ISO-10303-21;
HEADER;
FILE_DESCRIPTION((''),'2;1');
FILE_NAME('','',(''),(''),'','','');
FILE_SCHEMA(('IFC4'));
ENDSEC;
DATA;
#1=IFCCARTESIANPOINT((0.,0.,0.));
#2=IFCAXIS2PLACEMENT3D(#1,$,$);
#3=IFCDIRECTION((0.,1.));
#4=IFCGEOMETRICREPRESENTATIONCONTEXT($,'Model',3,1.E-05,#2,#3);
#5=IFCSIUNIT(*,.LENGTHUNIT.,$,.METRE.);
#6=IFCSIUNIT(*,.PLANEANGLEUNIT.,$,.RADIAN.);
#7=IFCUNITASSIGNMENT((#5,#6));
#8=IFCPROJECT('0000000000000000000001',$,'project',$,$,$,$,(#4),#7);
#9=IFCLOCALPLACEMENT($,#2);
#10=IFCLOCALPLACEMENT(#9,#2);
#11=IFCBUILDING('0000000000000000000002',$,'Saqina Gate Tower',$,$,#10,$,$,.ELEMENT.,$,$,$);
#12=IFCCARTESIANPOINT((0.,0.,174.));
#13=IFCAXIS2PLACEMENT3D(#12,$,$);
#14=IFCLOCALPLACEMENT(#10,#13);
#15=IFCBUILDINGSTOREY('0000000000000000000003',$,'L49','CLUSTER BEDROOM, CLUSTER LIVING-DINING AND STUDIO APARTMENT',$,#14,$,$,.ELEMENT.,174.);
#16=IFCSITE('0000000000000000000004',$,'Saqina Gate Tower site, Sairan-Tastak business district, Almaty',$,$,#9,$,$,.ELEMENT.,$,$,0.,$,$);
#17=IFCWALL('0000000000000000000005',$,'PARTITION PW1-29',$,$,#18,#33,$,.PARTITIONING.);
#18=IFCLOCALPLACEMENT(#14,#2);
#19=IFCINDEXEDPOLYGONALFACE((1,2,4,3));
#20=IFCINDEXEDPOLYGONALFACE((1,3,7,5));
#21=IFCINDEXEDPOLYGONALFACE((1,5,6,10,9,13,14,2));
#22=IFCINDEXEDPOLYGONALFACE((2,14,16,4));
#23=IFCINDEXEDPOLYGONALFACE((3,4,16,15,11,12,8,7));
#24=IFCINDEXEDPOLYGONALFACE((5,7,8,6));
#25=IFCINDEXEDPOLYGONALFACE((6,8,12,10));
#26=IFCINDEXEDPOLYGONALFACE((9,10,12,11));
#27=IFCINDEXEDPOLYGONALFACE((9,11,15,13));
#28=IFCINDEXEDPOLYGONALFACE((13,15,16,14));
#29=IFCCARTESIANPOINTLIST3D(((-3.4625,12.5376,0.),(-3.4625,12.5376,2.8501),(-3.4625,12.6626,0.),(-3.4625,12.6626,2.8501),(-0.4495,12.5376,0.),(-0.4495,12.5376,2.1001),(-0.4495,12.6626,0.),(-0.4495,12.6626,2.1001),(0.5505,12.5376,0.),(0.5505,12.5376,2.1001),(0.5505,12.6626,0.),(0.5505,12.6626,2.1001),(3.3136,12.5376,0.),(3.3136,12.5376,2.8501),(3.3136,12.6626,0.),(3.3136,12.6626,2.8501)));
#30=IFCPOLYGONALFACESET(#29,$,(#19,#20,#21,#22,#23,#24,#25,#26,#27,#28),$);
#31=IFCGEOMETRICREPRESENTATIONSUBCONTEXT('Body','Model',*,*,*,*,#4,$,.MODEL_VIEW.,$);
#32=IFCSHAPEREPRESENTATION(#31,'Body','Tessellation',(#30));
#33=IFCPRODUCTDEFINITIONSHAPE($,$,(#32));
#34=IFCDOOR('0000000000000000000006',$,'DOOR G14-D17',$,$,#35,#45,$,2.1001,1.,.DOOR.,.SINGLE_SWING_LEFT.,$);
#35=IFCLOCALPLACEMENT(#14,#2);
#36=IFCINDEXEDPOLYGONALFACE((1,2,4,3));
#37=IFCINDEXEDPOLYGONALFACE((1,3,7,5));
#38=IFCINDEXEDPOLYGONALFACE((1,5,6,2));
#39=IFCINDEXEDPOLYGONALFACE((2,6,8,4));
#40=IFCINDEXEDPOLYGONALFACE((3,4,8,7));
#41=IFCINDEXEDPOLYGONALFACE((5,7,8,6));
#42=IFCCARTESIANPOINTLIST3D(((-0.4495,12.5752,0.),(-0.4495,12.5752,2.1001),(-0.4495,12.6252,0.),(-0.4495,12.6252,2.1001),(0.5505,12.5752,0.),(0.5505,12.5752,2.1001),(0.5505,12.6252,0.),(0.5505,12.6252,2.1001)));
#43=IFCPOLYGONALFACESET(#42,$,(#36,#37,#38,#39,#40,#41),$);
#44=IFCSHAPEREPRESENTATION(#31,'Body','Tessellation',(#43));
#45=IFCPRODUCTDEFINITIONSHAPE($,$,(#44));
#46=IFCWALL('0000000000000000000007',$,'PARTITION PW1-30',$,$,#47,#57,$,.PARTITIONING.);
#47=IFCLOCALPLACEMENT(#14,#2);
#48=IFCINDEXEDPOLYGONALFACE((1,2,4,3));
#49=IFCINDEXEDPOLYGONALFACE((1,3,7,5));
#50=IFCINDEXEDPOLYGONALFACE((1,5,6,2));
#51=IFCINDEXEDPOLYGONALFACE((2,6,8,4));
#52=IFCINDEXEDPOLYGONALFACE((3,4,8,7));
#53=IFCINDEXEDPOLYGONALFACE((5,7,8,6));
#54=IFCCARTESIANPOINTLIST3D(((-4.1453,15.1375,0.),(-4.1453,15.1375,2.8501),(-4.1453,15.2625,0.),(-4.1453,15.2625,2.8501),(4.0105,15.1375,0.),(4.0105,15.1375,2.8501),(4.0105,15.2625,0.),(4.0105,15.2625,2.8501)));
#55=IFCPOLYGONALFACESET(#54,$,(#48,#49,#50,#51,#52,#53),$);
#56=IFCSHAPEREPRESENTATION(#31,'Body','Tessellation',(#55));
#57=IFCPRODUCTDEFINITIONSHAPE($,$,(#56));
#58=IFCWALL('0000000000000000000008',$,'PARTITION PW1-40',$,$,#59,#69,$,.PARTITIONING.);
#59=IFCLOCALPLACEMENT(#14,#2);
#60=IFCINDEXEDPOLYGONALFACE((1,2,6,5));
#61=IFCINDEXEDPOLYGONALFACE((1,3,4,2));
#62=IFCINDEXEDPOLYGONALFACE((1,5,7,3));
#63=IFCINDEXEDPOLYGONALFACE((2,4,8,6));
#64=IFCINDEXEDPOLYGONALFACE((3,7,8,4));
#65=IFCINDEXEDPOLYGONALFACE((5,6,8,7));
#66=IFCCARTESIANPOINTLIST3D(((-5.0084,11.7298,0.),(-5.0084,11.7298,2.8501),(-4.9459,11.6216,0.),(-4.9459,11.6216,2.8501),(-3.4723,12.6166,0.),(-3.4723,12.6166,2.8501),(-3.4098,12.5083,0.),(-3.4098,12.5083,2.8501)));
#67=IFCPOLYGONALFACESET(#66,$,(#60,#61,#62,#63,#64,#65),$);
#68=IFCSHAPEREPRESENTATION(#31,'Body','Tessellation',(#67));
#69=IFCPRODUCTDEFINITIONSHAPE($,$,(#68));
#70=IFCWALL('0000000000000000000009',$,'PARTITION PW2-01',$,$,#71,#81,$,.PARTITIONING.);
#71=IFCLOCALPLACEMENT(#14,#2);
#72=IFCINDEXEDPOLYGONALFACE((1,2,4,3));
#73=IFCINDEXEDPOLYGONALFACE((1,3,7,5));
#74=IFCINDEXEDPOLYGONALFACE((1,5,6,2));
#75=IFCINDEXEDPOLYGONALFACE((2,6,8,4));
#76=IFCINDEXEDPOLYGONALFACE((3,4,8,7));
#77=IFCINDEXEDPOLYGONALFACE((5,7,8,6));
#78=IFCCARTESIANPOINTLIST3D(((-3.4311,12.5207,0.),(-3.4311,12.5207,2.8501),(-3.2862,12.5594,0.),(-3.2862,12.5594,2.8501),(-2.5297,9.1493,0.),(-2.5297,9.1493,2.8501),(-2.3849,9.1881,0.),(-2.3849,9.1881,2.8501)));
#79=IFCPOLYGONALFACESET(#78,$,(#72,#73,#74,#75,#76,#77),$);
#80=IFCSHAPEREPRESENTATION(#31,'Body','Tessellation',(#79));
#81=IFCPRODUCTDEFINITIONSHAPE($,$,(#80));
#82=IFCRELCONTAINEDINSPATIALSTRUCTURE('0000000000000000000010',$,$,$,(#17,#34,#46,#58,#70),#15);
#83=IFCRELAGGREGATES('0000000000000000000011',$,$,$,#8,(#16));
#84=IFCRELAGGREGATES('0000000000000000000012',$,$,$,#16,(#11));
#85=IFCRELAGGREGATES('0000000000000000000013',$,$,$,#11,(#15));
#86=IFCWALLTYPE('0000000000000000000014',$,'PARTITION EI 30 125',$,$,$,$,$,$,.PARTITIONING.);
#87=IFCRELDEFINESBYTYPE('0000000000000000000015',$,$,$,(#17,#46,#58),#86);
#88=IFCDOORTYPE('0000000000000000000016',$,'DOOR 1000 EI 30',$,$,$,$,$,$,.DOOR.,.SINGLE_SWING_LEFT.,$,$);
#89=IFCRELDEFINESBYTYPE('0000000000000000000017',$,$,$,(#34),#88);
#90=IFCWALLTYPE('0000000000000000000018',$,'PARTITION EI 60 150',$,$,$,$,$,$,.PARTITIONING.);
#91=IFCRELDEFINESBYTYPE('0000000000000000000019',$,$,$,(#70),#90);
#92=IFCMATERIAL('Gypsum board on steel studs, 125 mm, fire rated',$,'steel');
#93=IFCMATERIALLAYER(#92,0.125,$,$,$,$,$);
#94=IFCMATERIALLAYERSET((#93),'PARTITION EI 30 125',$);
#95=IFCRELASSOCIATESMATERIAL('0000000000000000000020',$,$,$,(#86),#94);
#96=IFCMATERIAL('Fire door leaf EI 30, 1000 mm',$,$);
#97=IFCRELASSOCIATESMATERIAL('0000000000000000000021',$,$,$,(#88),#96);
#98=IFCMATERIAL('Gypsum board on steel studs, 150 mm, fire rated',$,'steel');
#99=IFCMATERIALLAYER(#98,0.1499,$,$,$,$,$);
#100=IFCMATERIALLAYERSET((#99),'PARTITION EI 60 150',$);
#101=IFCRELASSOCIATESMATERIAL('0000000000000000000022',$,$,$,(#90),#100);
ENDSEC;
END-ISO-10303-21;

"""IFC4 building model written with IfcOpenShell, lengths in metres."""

from ifc_helpers import new_model, si_unit, direction, frame, frame_2d, origin, place, context, subcontext, project, spatial, rectangle, extrude, material, layer, layer_set, type_object, element, fill, save


model = new_model("IFC4")

# Units and contexts
model_context = context("Model", 3, precision=1e-05, world=origin(), true_north=direction((0.0, 1.0)))
body_context = subcontext(model_context, "Body", "Model", "MODEL_VIEW")
ifc_project = project(units=[si_unit("LENGTHUNIT", "METRE"), si_unit("PLANEANGLEUNIT", "RADIAN")], contexts=[model_context])

# Site, building, storey
site_placement = place(None, origin())
site = spatial("IfcSite", under=ifc_project, at=site_placement, Name="Saqina Gate Tower site, Sairan-Tastak business district, Almaty", CompositionType="ELEMENT", RefElevation=0.0)
building_placement = place(site_placement, origin())
building = spatial("IfcBuilding", under=site, at=building_placement, Name="Saqina Gate Tower", CompositionType="ELEMENT")
storey_placement = place(building_placement, frame((0.0, 0.0, 174.0)))
storey = spatial("IfcBuildingStorey", under=building, at=storey_placement, Name="L49", Description="CLUSTER BEDROOM, CLUSTER LIVING-DINING AND STUDIO APARTMENT", CompositionType="ELEMENT", Elevation=174.0)

# Wall, opening, door
ifc_material_1 = material(Name="Gypsum board on steel studs, 125 mm, fire rated", Category="steel")
ifc_layer_1 = layer(ifc_material_1, 0.125)
ifc_layer_set_1 = layer_set([ifc_layer_1], Name="PARTITION EI 30 125")
wall_type_1 = type_object("IfcWallType", Name="PARTITION EI 30 125", PredefinedType="PARTITIONING", material=ifc_layer_set_1)
wall_1_placement = place(storey_placement, frame((-3.4626, 12.6001, 0.0), z_axis=(0.0, 0.0, 1.0), x_axis=(1.0, 0.0, 0.0)))
wall_1 = element("IfcWall", 1, at=wall_1_placement, inside=storey, type_object=wall_type_1, Name="PARTITION PW1-29", PredefinedType="PARTITIONING", context=body_context, shape_type="SweptSolid", body=[
    extrude(rectangle(XDim=6.7761, YDim=0.125, at=frame_2d((3.3882, 0.0))), origin(), (0.0, 0.0, 1.0), 2.8501),
])
opening_1_placement = place(wall_1_placement, frame((3.0132, 0.0, 0.0)))
opening_1 = element("IfcOpeningElement", 2, at=opening_1_placement, cuts=wall_1, PredefinedType="OPENING", context=body_context, shape_type="SweptSolid", body=[
    extrude(rectangle(XDim=1.0, YDim=2.1001, at=frame_2d((0.5, 1.05))), frame((0.0, 0.0745, 0.0), z_axis=(0.0, -1.0, 0.0), x_axis=(1.0, 0.0, 0.0)), (0.0, 0.0, 1.0), 0.1489),
])
ifc_material_2 = material(Name="Fire door leaf EI 30, 1000 mm")
door_type_1 = type_object("IfcDoorType", Name="DOOR 1000 EI 30", OperationType="SINGLE_SWING_LEFT", PredefinedType="DOOR", material=ifc_material_2)
door_1_placement = place(opening_1_placement, frame((1.0, 0.0, 0.0), z_axis=(0.0, 0.0, 1.0), x_axis=(-1.0, 0.0, 0.0)))
door_1 = element("IfcDoor", 3, at=door_1_placement, inside=storey, type_object=door_type_1, Name="DOOR G14-D17", OperationType="SINGLE_SWING_LEFT", OverallHeight=2.1001, OverallWidth=1.0, PredefinedType="DOOR", context=body_context, shape_type="SweptSolid", body=[
    extrude(rectangle(XDim=1.0, YDim=2.1001, at=frame_2d((0.5, 1.05))), frame((0.0, 0.0249, 0.0), z_axis=(0.0, -1.0, 0.0), x_axis=(1.0, 0.0, 0.0)), (0.0, 0.0, 1.0), 0.05),
])
fill(opening_1, door_1)

# Walls
wall_2_placement = place(storey_placement, frame((-4.1453, 15.2, 0.0), z_axis=(0.0, 0.0, 1.0), x_axis=(1.0, 0.0, 0.0)))
element("IfcWall", 4, at=wall_2_placement, inside=storey, type_object=wall_type_1, Name="PARTITION PW1-30", PredefinedType="PARTITIONING", context=body_context, shape_type="SweptSolid", body=[
    extrude(rectangle(XDim=8.1558, YDim=0.125, at=frame_2d((4.0779, 0.0))), origin(), (0.0, 0.0, 1.0), 2.8501),
])
wall_3_placement = place(storey_placement, frame((-4.9771, 11.6758, 0.0), z_axis=(0.0, 0.0, 1.0), x_axis=(0.866066, 0.499929, 0.0)))
element("IfcWall", 5, at=wall_3_placement, inside=storey, type_object=wall_type_1, Name="PARTITION PW1-40", PredefinedType="PARTITIONING", context=body_context, shape_type="SweptSolid", body=[
    extrude(rectangle(XDim=1.7737, YDim=0.125, at=frame_2d((0.8867, 0.0))), origin(), (0.0, 0.0, 1.0), 2.8501),
])
ifc_material_3 = material(Name="Gypsum board on steel studs, 150 mm, fire rated", Category="steel")
ifc_layer_2 = layer(ifc_material_3, 0.1499)
ifc_layer_set_2 = layer_set([ifc_layer_2], Name="PARTITION EI 60 150")
wall_type_2 = type_object("IfcWallType", Name="PARTITION EI 60 150", PredefinedType="PARTITIONING", material=ifc_layer_set_2)
wall_4_placement = place(storey_placement, frame((-3.3586, 12.54, 0.0), z_axis=(0.0, 0.0, 1.0), x_axis=(0.25829, -0.966068, 0.0)))
element("IfcWall", 6, at=wall_4_placement, inside=storey, type_object=wall_type_2, Name="PARTITION PW2-01", PredefinedType="PARTITIONING", context=body_context, shape_type="SweptSolid", body=[
    extrude(rectangle(XDim=3.4897, YDim=0.1499, at=frame_2d((1.7449, 0.0))), origin(), (0.0, 0.0, 1.0), 2.8501),
])

save(model, "model.ifc")
